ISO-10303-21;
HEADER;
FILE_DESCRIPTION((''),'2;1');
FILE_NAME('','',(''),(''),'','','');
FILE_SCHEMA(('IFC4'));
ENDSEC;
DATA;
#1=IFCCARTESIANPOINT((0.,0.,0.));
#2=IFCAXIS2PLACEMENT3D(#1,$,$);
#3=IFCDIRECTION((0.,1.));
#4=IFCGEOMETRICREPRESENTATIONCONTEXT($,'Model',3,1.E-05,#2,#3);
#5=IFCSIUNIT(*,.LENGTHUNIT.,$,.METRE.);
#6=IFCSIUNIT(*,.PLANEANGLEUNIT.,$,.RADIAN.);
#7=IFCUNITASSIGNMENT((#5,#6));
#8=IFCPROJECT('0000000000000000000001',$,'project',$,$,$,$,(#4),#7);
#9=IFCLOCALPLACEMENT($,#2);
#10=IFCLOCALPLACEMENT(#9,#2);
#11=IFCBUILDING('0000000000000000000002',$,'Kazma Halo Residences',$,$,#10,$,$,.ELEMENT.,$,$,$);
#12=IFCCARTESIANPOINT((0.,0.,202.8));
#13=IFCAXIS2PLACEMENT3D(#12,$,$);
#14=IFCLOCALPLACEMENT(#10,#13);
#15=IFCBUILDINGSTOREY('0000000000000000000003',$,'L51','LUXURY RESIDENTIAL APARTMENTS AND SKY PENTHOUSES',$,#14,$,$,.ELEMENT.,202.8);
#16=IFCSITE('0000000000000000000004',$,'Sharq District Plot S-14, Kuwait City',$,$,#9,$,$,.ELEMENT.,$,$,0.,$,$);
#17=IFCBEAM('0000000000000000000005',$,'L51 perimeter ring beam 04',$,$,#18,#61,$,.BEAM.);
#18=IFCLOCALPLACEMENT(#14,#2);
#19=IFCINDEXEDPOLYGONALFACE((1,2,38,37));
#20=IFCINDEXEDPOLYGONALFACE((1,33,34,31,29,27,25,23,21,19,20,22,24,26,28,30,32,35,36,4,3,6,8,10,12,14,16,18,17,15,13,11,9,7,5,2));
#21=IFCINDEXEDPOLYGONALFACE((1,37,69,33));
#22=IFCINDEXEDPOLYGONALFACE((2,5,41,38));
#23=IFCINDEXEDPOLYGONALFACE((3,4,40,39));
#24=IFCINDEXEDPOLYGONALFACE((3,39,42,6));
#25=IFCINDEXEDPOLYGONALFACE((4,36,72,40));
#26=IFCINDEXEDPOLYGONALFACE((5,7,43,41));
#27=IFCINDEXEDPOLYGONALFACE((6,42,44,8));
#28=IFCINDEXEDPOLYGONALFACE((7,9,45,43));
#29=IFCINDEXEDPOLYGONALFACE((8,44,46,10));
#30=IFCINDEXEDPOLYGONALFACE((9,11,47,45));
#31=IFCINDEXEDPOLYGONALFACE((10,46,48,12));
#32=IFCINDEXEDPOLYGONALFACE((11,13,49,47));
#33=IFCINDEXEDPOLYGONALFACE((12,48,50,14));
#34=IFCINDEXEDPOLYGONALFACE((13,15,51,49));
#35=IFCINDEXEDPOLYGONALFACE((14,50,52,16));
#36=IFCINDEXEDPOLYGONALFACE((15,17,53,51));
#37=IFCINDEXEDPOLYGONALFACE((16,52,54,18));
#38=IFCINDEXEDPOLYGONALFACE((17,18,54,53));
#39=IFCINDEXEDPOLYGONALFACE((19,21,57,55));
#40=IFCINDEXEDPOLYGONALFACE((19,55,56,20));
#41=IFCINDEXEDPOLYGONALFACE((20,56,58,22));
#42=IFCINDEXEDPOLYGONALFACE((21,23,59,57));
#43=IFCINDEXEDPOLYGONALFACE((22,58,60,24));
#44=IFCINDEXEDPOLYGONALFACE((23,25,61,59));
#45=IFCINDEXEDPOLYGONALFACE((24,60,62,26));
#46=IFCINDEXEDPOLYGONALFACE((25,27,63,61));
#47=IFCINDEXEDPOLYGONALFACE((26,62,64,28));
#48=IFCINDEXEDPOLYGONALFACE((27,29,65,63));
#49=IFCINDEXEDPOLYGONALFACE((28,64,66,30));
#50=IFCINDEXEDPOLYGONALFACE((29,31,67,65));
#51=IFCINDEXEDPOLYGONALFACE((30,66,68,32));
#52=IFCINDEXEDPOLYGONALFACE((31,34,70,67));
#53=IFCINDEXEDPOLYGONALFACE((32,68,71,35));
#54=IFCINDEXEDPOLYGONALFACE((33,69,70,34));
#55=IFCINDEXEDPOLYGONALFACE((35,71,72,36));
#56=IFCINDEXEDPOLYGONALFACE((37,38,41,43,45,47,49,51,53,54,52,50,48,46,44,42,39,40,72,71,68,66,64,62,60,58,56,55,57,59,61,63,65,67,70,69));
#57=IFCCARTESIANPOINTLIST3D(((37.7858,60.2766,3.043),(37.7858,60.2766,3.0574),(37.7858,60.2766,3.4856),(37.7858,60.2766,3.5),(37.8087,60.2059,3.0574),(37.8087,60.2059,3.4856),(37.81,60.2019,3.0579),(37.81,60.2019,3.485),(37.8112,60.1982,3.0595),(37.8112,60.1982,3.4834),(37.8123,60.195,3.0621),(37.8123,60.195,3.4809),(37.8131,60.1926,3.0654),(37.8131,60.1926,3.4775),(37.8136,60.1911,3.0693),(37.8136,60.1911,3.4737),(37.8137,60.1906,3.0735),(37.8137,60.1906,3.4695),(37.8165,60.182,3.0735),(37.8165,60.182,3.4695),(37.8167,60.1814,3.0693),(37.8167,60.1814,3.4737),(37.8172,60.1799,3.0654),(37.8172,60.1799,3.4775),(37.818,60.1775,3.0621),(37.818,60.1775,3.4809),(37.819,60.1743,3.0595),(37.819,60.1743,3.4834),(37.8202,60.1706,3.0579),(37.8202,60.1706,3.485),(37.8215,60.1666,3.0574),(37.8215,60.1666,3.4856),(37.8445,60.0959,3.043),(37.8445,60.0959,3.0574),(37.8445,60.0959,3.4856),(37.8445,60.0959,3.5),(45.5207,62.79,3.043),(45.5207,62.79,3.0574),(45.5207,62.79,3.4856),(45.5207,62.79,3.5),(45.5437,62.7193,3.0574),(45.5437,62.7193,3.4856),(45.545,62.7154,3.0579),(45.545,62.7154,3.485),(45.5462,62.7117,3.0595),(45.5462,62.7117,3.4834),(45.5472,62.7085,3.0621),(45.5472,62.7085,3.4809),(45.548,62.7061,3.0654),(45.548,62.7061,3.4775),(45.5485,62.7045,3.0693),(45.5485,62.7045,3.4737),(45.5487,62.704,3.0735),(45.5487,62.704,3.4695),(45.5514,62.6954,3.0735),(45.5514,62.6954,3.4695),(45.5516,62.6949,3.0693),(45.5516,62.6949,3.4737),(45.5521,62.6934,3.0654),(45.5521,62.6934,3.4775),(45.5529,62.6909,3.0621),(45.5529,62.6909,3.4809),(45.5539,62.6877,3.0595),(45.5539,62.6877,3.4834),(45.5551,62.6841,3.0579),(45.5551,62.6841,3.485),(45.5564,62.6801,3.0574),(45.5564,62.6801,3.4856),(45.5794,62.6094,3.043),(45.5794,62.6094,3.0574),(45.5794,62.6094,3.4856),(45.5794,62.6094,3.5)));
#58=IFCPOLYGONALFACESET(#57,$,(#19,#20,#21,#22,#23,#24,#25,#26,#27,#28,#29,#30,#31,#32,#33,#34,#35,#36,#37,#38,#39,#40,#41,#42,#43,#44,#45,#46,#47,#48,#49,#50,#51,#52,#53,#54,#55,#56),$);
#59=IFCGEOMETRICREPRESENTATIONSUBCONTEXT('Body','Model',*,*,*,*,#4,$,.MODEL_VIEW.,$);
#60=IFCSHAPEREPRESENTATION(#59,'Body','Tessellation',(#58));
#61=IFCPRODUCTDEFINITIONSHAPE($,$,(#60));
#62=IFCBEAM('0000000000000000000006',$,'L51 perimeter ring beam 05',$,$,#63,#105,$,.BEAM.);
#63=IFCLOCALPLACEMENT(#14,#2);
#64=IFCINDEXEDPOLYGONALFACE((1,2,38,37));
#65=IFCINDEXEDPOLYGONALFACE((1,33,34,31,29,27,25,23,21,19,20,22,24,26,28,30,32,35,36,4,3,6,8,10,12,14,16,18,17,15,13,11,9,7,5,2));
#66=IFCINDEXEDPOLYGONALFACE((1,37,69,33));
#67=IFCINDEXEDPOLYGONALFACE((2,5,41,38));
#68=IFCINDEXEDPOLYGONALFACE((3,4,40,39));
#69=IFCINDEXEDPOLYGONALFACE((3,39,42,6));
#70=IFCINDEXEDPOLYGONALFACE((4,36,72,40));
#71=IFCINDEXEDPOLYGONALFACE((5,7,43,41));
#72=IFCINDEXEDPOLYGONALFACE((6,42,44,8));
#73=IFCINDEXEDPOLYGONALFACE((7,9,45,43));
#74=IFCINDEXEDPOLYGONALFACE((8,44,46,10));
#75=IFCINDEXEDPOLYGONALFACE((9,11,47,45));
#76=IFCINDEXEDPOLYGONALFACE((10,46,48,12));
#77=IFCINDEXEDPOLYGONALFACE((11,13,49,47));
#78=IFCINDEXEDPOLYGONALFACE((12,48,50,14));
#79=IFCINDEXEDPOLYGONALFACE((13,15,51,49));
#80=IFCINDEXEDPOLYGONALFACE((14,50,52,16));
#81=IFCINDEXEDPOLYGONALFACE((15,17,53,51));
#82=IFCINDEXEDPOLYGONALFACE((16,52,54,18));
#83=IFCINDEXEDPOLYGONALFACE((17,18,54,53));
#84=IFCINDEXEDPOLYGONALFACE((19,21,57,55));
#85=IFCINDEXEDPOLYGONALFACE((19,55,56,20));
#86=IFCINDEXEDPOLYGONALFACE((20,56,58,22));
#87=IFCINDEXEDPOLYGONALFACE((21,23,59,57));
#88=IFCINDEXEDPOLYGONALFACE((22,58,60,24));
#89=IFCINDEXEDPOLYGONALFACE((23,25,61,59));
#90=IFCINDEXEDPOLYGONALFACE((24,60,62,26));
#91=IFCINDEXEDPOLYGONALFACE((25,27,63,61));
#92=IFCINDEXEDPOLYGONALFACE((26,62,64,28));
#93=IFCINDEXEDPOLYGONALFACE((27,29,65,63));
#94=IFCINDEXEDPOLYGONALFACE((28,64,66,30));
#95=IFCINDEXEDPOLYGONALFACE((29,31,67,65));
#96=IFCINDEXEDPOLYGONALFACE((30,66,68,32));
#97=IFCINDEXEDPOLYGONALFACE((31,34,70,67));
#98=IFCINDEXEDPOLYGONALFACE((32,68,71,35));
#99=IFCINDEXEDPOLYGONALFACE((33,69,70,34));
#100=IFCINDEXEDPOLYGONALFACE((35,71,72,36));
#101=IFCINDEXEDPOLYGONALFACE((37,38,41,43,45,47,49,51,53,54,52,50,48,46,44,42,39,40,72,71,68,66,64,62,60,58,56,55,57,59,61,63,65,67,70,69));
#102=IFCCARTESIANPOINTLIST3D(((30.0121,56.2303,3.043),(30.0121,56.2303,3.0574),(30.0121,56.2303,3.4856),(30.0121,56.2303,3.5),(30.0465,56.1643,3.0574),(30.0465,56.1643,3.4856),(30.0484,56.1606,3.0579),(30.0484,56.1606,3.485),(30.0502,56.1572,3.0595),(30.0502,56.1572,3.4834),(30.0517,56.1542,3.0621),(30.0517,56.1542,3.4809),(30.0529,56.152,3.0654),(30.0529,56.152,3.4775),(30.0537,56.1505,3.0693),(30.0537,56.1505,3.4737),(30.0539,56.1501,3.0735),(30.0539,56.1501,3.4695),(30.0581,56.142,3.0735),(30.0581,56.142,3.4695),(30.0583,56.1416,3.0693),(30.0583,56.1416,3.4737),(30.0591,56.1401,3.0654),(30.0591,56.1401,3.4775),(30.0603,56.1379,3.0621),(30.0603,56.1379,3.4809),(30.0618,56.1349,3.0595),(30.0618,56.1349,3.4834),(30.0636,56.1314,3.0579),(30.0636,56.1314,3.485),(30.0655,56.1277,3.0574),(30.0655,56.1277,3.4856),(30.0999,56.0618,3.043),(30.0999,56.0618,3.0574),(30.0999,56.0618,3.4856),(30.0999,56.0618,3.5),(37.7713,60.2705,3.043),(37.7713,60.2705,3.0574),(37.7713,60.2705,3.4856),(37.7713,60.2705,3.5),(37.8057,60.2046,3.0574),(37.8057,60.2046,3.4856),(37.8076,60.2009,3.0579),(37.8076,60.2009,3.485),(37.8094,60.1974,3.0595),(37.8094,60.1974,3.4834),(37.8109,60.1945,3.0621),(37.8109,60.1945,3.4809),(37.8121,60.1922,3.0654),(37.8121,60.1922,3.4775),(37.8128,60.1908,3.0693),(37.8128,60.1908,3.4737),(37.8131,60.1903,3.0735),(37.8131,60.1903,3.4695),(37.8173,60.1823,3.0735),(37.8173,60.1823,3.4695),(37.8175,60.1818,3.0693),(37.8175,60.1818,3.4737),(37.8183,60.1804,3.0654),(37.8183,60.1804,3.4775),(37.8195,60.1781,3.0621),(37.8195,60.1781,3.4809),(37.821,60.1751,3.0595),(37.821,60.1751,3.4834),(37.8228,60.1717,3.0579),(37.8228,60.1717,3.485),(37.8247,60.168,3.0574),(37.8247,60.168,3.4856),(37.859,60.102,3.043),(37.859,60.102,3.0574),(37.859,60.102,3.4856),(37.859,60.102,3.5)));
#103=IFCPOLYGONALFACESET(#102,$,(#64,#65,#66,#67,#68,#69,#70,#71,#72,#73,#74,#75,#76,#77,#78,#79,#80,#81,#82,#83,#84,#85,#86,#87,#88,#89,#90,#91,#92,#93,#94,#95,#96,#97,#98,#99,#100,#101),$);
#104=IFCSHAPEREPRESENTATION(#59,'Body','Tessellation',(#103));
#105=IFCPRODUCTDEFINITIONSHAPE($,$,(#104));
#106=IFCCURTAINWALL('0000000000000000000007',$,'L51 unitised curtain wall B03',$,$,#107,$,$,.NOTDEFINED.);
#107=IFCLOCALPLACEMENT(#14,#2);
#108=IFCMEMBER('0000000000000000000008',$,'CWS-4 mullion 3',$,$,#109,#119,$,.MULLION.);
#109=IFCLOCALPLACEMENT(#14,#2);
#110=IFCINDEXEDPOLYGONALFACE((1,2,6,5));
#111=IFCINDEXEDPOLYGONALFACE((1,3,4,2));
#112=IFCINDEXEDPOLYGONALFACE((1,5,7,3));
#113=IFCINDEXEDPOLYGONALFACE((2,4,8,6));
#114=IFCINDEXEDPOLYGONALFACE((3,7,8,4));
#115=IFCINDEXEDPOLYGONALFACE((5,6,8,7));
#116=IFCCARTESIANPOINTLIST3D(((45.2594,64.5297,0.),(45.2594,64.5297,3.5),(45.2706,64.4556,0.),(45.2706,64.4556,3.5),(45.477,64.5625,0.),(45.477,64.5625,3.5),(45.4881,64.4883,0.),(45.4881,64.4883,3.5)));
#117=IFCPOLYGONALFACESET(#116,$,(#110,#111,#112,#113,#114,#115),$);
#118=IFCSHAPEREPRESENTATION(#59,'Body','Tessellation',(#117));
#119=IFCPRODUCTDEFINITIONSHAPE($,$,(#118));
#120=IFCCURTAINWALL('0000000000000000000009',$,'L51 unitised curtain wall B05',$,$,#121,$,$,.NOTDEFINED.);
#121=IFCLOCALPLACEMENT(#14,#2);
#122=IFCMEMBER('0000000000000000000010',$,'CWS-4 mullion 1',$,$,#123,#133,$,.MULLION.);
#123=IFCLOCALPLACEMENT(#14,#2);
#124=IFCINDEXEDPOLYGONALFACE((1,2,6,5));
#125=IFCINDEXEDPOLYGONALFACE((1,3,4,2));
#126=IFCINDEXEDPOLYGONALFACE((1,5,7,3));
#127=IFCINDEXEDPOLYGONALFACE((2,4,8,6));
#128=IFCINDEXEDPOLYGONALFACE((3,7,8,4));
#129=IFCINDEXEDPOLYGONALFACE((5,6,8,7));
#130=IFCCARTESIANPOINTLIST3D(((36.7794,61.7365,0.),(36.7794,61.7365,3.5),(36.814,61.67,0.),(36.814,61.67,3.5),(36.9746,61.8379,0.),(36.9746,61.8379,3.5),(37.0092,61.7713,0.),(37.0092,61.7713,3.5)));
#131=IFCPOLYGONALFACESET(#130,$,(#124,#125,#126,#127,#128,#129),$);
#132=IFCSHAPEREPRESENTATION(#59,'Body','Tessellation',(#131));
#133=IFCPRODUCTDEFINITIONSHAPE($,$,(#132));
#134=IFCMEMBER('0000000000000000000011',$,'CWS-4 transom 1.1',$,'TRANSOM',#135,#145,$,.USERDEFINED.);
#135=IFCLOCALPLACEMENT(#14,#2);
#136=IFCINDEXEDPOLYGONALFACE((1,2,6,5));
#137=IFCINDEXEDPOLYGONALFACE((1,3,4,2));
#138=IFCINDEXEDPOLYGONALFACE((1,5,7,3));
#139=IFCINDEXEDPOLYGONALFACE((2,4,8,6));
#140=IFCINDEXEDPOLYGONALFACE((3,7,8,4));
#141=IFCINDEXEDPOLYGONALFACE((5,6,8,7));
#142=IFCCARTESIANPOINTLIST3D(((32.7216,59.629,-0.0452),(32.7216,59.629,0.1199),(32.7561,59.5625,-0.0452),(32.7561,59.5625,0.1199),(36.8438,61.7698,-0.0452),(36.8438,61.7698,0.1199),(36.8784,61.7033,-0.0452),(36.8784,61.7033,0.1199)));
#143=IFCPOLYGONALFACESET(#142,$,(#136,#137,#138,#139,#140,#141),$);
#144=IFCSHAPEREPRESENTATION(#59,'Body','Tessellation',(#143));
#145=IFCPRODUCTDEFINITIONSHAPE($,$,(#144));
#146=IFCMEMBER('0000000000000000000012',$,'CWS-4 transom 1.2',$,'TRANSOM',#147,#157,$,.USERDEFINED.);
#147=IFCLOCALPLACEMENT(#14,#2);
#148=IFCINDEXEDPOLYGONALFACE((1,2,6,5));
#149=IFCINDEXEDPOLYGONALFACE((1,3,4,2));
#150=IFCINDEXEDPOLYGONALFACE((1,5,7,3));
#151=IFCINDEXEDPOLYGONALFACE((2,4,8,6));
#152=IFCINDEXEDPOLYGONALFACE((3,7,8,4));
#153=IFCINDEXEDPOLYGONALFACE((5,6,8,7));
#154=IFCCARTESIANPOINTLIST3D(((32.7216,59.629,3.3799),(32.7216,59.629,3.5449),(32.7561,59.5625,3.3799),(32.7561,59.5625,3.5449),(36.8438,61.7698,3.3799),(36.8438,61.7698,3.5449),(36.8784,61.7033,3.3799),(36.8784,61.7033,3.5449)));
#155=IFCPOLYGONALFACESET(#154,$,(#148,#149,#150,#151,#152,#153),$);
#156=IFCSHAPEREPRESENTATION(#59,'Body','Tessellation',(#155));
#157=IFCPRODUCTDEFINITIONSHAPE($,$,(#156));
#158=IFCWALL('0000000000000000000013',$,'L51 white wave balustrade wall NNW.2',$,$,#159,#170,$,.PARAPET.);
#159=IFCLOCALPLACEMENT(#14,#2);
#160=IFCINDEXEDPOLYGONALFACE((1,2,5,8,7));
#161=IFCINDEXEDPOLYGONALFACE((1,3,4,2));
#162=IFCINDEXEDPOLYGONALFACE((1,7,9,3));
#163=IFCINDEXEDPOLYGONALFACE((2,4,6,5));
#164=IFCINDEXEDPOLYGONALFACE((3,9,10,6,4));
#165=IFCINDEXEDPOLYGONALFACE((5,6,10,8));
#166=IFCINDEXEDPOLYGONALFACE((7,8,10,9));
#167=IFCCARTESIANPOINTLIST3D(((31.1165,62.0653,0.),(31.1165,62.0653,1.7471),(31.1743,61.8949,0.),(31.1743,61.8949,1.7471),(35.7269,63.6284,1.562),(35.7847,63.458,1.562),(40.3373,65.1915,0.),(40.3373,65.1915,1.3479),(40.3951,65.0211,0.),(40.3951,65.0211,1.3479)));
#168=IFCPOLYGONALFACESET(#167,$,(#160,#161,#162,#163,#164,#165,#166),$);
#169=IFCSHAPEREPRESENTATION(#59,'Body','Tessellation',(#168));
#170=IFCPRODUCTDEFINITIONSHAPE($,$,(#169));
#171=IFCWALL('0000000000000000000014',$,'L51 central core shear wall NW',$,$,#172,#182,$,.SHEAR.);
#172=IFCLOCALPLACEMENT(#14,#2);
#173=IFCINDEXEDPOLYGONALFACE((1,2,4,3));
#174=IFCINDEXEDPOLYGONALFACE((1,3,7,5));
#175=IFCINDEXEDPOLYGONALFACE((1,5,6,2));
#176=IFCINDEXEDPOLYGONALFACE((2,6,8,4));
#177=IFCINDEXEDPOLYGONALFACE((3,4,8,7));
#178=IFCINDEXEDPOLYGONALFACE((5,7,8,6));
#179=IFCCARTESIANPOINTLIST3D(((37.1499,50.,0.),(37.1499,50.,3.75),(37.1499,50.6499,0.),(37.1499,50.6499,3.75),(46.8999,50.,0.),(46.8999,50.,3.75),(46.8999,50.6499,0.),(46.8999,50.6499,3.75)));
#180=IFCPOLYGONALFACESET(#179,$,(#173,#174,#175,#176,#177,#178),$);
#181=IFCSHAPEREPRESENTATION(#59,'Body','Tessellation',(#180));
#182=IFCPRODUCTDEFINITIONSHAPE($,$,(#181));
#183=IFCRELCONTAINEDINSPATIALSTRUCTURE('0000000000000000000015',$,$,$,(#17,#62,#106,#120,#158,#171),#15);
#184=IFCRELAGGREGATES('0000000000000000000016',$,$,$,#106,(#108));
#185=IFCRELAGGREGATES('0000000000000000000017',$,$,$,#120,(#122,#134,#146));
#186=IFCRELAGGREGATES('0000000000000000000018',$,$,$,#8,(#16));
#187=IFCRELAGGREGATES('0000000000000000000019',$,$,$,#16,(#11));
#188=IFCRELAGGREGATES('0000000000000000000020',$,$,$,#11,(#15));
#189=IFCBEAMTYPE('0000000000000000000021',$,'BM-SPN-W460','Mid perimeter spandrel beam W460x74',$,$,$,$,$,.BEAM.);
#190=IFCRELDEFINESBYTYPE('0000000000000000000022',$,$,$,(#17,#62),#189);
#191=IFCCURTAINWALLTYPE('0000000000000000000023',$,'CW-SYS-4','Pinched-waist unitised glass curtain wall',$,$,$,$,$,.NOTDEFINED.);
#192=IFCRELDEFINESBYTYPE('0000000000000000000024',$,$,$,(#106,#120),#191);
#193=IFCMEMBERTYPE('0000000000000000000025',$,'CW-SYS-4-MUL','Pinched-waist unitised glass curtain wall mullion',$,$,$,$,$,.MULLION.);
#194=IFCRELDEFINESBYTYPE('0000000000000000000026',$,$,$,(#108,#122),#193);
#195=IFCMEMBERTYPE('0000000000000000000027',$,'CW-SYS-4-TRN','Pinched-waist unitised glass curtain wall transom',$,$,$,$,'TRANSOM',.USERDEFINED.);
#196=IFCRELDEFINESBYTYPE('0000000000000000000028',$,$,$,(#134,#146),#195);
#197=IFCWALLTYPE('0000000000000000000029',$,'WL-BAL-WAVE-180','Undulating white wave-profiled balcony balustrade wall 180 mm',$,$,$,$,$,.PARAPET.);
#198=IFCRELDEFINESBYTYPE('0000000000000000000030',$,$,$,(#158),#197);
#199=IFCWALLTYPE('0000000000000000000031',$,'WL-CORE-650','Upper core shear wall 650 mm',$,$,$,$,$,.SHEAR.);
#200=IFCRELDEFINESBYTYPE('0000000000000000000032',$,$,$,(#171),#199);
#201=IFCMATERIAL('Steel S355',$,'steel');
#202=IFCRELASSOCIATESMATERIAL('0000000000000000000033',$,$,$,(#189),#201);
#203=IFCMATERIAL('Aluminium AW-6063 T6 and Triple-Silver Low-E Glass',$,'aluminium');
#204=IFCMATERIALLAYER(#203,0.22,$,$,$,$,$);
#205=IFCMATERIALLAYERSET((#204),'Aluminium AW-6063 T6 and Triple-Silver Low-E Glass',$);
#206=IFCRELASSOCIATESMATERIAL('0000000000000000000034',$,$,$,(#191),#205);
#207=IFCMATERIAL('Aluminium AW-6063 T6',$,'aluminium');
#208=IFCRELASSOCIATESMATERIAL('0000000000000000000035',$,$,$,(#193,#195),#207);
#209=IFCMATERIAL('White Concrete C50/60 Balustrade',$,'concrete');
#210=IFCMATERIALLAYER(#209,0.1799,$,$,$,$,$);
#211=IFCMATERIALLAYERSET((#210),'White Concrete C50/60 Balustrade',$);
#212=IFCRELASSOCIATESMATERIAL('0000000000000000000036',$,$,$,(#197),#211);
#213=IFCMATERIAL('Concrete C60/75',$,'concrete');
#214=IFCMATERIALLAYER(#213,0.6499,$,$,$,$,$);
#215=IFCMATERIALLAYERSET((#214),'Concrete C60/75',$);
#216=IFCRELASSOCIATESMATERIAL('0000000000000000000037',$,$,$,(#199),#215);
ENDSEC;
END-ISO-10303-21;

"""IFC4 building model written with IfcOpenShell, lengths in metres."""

from ifc_helpers import new_model, si_unit, direction, frame, frame_2d, origin, origin_2d, place, context, subcontext, project, spatial, polyline, rectangle, i_section, outline, extrude, material, layer, layer_set, material_profile, profile_set, type_object, element, aggregate, save


model = new_model("IFC4")

# Units and contexts
model_context = context("Model", 3, precision=1e-05, world=origin(), true_north=direction((0.0, 1.0)))
body_context = subcontext(model_context, "Body", "Model", "MODEL_VIEW")
ifc_project = project(units=[si_unit("LENGTHUNIT", "METRE"), si_unit("PLANEANGLEUNIT", "RADIAN")], contexts=[model_context])

# Site, building, storey
site_placement = place(None, origin())
site = spatial("IfcSite", under=ifc_project, at=site_placement, Name="Sharq District Plot S-14, Kuwait City", CompositionType="ELEMENT", RefElevation=0.0)
building_placement = place(site_placement, origin())
building = spatial("IfcBuilding", under=site, at=building_placement, Name="Kazma Halo Residences", CompositionType="ELEMENT")
storey_placement = place(building_placement, frame((0.0, 0.0, 202.8)))
storey = spatial("IfcBuildingStorey", under=building, at=storey_placement, Name="L51", Description="LUXURY RESIDENTIAL APARTMENTS AND SKY PENTHOUSES", CompositionType="ELEMENT", Elevation=202.8)

# Beams
ifc_material_1 = material(Name="Steel S355", Category="steel")
ifc_material_profile_1 = material_profile(ifc_material_1, i_section(OverallWidth=0.1899, OverallDepth=0.457, WebThickness=0.009, FlangeThickness=0.0144, FilletRadius=0.0161, at=origin_2d()), Name="W460x74")
ifc_profile_set_1 = profile_set([ifc_material_profile_1], Name="Steel S355")
beam_type_1 = type_object("IfcBeamType", Name="BM-SPN-W460", Description="Mid perimeter spandrel beam W460x74", PredefinedType="BEAM", material=ifc_profile_set_1)
beam_1_placement = place(storey_placement, frame((45.55, 62.6997, 3.2715), z_axis=(-0.951049, -0.309041, 0.0), x_axis=(0.309041, -0.951049, 0.0)))
element("IfcBeam", 1, at=beam_1_placement, inside=storey, type_object=beam_type_1, Name="L51 perimeter ring beam 04", PredefinedType="BEAM", context=body_context, shape_type="SweptSolid", body=[
    extrude(i_section(OverallWidth=0.1899, OverallDepth=0.457, WebThickness=0.009, FlangeThickness=0.0144, FilletRadius=0.0161, at=origin_2d()), origin(), (0.0, 0.0, 1.0), 8.1331),
])
beam_2_placement = place(storey_placement, frame((37.8152, 60.1863, 3.2715), z_axis=(-0.886961, -0.461844, 0.0), x_axis=(0.461844, -0.886961, 0.0)))
element("IfcBeam", 2, at=beam_2_placement, inside=storey, type_object=beam_type_1, Name="L51 perimeter ring beam 05", PredefinedType="BEAM", context=body_context, shape_type="SweptSolid", body=[
    extrude(i_section(OverallWidth=0.1899, OverallDepth=0.457, WebThickness=0.009, FlangeThickness=0.0144, FilletRadius=0.0161, at=origin_2d()), origin(), (0.0, 0.0, 1.0), 8.748),
])

# Curtain wall, member
ifc_material_2 = material(Name="Aluminium AW-6063 T6 and Triple-Silver Low-E Glass", Category="aluminium")
ifc_layer_1 = layer(ifc_material_2, 0.22)
ifc_layer_set_1 = layer_set([ifc_layer_1], Name="Aluminium AW-6063 T6 and Triple-Silver Low-E Glass")
curtain_wall_type = type_object("IfcCurtainWallType", Name="CW-SYS-4", Description="Pinched-waist unitised glass curtain wall", PredefinedType="NOTDEFINED", material=ifc_layer_set_1)
curtain_wall_1_placement = place(storey_placement, origin())
curtain_wall_1 = element("IfcCurtainWall", 3, at=curtain_wall_1_placement, inside=storey, type_object=curtain_wall_type, Name="L51 unitised curtain wall B03", PredefinedType="NOTDEFINED")
ifc_material_3 = material(Name="Aluminium AW-6063 T6", Category="aluminium")
ifc_material_profile_2 = material_profile(ifc_material_3, rectangle(XDim=0.075, YDim=0.22, at=origin_2d()), Name="CWM-75x220")
ifc_profile_set_2 = profile_set([ifc_material_profile_2], Name="Aluminium AW-6063 T6")
member_type_1 = type_object("IfcMemberType", Name="CW-SYS-4-MUL", Description="Pinched-waist unitised glass curtain wall mullion", PredefinedType="MULLION", material=ifc_profile_set_2)
member_1_placement = place(storey_placement, frame((45.3738, 64.509, 0.0), z_axis=(0.0, 0.0, 1.0), x_axis=(0.148773, -0.988871, 0.0)))
member_1 = element("IfcMember", 4, at=member_1_placement, type_object=member_type_1, Name="CWS-4 mullion 3", PredefinedType="MULLION", context=body_context, shape_type="SweptSolid", body=[
    extrude(rectangle(XDim=0.075, YDim=0.22, at=origin_2d()), origin(), (0.0, 0.0, 1.0), 3.5),
])
aggregate(curtain_wall_1, [member_1])

# Curtain wall, members
curtain_wall_2_placement = place(storey_placement, origin())
curtain_wall_2 = element("IfcCurtainWall", 5, at=curtain_wall_2_placement, inside=storey, type_object=curtain_wall_type, Name="L51 unitised curtain wall B05", PredefinedType="NOTDEFINED")
member_2_placement = place(storey_placement, frame((36.8943, 61.7539, 0.0), z_axis=(0.0, 0.0, 1.0), x_axis=(0.460874, -0.887466, 0.0)))
member_2 = element("IfcMember", 6, at=member_2_placement, type_object=member_type_1, Name="CWS-4 mullion 1", PredefinedType="MULLION", context=body_context, shape_type="SweptSolid", body=[
    extrude(rectangle(XDim=0.075, YDim=0.22, at=origin_2d()), origin(), (0.0, 0.0, 1.0), 3.5),
])
ifc_material_profile_3 = material_profile(ifc_material_3, rectangle(XDim=0.075, YDim=0.165, at=origin_2d()), Name="CWT-75x165")
ifc_profile_set_3 = profile_set([ifc_material_profile_3], Name="Aluminium AW-6063 T6")
member_type_2 = type_object("IfcMemberType", Name="CW-SYS-4-TRN", Description="Pinched-waist unitised glass curtain wall transom", ElementType="TRANSOM", PredefinedType="USERDEFINED", material=ifc_profile_set_3)
member_3_placement = place(storey_placement, frame((36.8611, 61.7366, 0.0374), z_axis=(-0.887458, -0.460889, 0.0), x_axis=(0.460889, -0.887458, 0.0)))
member_3 = element("IfcMember", 7, at=member_3_placement, type_object=member_type_2, Name="CWS-4 transom 1.1", ObjectType="TRANSOM", PredefinedType="USERDEFINED", context=body_context, shape_type="SweptSolid", body=[
    extrude(rectangle(XDim=0.075, YDim=0.165, at=origin_2d()), origin(), (0.0, 0.0, 1.0), 4.645),
])
member_4_placement = place(storey_placement, frame((36.8611, 61.7366, 3.4624), z_axis=(-0.887458, -0.460889, 0.0), x_axis=(0.460889, -0.887458, 0.0)))
member_4 = element("IfcMember", 8, at=member_4_placement, type_object=member_type_2, Name="CWS-4 transom 1.2", ObjectType="TRANSOM", PredefinedType="USERDEFINED", context=body_context, shape_type="SweptSolid", body=[
    extrude(rectangle(XDim=0.075, YDim=0.165, at=origin_2d()), origin(), (0.0, 0.0, 1.0), 4.645),
])
aggregate(curtain_wall_2, [member_2, member_3, member_4])

# Walls
ifc_material_4 = material(Name="White Concrete C50/60 Balustrade", Category="concrete")
ifc_layer_2 = layer(ifc_material_4, 0.1799)
ifc_layer_set_2 = layer_set([ifc_layer_2], Name="White Concrete C50/60 Balustrade")
wall_type_1 = type_object("IfcWallType", Name="WL-BAL-WAVE-180", Description="Undulating white wave-profiled balcony balustrade wall 180 mm", PredefinedType="PARAPET", material=ifc_layer_set_2)
wall_1_placement = place(storey_placement, frame((40.3662, 65.1062, 0.0), z_axis=(0.0, 0.0, 1.0), x_axis=(-0.947048, -0.321091, 0.0)))
element("IfcWall", 9, at=wall_1_placement, inside=storey, type_object=wall_type_1, Name="L51 white wave balustrade wall NNW.2", PredefinedType="PARAPET", context=body_context, shape_type="SweptSolid", body=[
    extrude(outline(polyline([(0.0, 0.0), (9.7363, 0.0), (9.7363, 1.7471), (4.8682, 1.562), (0.0, 1.3479), (0.0, 0.0)])), frame((0.0, 0.0898, 0.0), z_axis=(0.0, -1.0, 0.0), x_axis=(1.0, 0.0, 0.0)), (0.0, 0.0, 1.0), 0.1799),
])
ifc_material_5 = material(Name="Concrete C60/75", Category="concrete")
ifc_layer_3 = layer(ifc_material_5, 0.6499)
ifc_layer_set_3 = layer_set([ifc_layer_3], Name="Concrete C60/75")
wall_type_2 = type_object("IfcWallType", Name="WL-CORE-650", Description="Upper core shear wall 650 mm", PredefinedType="SHEAR", material=ifc_layer_set_3)
wall_2_placement = place(storey_placement, frame((37.1499, 50.325, 0.0), z_axis=(0.0, 0.0, 1.0), x_axis=(1.0, 0.0, 0.0)))
element("IfcWall", 10, at=wall_2_placement, inside=storey, type_object=wall_type_2, Name="L51 central core shear wall NW", PredefinedType="SHEAR", context=body_context, shape_type="SweptSolid", body=[
    extrude(rectangle(XDim=9.75, YDim=0.6499, at=frame_2d((4.875, 0.0))), origin(), (0.0, 0.0, 1.0), 3.75),
])

save(model, "model.ifc")
